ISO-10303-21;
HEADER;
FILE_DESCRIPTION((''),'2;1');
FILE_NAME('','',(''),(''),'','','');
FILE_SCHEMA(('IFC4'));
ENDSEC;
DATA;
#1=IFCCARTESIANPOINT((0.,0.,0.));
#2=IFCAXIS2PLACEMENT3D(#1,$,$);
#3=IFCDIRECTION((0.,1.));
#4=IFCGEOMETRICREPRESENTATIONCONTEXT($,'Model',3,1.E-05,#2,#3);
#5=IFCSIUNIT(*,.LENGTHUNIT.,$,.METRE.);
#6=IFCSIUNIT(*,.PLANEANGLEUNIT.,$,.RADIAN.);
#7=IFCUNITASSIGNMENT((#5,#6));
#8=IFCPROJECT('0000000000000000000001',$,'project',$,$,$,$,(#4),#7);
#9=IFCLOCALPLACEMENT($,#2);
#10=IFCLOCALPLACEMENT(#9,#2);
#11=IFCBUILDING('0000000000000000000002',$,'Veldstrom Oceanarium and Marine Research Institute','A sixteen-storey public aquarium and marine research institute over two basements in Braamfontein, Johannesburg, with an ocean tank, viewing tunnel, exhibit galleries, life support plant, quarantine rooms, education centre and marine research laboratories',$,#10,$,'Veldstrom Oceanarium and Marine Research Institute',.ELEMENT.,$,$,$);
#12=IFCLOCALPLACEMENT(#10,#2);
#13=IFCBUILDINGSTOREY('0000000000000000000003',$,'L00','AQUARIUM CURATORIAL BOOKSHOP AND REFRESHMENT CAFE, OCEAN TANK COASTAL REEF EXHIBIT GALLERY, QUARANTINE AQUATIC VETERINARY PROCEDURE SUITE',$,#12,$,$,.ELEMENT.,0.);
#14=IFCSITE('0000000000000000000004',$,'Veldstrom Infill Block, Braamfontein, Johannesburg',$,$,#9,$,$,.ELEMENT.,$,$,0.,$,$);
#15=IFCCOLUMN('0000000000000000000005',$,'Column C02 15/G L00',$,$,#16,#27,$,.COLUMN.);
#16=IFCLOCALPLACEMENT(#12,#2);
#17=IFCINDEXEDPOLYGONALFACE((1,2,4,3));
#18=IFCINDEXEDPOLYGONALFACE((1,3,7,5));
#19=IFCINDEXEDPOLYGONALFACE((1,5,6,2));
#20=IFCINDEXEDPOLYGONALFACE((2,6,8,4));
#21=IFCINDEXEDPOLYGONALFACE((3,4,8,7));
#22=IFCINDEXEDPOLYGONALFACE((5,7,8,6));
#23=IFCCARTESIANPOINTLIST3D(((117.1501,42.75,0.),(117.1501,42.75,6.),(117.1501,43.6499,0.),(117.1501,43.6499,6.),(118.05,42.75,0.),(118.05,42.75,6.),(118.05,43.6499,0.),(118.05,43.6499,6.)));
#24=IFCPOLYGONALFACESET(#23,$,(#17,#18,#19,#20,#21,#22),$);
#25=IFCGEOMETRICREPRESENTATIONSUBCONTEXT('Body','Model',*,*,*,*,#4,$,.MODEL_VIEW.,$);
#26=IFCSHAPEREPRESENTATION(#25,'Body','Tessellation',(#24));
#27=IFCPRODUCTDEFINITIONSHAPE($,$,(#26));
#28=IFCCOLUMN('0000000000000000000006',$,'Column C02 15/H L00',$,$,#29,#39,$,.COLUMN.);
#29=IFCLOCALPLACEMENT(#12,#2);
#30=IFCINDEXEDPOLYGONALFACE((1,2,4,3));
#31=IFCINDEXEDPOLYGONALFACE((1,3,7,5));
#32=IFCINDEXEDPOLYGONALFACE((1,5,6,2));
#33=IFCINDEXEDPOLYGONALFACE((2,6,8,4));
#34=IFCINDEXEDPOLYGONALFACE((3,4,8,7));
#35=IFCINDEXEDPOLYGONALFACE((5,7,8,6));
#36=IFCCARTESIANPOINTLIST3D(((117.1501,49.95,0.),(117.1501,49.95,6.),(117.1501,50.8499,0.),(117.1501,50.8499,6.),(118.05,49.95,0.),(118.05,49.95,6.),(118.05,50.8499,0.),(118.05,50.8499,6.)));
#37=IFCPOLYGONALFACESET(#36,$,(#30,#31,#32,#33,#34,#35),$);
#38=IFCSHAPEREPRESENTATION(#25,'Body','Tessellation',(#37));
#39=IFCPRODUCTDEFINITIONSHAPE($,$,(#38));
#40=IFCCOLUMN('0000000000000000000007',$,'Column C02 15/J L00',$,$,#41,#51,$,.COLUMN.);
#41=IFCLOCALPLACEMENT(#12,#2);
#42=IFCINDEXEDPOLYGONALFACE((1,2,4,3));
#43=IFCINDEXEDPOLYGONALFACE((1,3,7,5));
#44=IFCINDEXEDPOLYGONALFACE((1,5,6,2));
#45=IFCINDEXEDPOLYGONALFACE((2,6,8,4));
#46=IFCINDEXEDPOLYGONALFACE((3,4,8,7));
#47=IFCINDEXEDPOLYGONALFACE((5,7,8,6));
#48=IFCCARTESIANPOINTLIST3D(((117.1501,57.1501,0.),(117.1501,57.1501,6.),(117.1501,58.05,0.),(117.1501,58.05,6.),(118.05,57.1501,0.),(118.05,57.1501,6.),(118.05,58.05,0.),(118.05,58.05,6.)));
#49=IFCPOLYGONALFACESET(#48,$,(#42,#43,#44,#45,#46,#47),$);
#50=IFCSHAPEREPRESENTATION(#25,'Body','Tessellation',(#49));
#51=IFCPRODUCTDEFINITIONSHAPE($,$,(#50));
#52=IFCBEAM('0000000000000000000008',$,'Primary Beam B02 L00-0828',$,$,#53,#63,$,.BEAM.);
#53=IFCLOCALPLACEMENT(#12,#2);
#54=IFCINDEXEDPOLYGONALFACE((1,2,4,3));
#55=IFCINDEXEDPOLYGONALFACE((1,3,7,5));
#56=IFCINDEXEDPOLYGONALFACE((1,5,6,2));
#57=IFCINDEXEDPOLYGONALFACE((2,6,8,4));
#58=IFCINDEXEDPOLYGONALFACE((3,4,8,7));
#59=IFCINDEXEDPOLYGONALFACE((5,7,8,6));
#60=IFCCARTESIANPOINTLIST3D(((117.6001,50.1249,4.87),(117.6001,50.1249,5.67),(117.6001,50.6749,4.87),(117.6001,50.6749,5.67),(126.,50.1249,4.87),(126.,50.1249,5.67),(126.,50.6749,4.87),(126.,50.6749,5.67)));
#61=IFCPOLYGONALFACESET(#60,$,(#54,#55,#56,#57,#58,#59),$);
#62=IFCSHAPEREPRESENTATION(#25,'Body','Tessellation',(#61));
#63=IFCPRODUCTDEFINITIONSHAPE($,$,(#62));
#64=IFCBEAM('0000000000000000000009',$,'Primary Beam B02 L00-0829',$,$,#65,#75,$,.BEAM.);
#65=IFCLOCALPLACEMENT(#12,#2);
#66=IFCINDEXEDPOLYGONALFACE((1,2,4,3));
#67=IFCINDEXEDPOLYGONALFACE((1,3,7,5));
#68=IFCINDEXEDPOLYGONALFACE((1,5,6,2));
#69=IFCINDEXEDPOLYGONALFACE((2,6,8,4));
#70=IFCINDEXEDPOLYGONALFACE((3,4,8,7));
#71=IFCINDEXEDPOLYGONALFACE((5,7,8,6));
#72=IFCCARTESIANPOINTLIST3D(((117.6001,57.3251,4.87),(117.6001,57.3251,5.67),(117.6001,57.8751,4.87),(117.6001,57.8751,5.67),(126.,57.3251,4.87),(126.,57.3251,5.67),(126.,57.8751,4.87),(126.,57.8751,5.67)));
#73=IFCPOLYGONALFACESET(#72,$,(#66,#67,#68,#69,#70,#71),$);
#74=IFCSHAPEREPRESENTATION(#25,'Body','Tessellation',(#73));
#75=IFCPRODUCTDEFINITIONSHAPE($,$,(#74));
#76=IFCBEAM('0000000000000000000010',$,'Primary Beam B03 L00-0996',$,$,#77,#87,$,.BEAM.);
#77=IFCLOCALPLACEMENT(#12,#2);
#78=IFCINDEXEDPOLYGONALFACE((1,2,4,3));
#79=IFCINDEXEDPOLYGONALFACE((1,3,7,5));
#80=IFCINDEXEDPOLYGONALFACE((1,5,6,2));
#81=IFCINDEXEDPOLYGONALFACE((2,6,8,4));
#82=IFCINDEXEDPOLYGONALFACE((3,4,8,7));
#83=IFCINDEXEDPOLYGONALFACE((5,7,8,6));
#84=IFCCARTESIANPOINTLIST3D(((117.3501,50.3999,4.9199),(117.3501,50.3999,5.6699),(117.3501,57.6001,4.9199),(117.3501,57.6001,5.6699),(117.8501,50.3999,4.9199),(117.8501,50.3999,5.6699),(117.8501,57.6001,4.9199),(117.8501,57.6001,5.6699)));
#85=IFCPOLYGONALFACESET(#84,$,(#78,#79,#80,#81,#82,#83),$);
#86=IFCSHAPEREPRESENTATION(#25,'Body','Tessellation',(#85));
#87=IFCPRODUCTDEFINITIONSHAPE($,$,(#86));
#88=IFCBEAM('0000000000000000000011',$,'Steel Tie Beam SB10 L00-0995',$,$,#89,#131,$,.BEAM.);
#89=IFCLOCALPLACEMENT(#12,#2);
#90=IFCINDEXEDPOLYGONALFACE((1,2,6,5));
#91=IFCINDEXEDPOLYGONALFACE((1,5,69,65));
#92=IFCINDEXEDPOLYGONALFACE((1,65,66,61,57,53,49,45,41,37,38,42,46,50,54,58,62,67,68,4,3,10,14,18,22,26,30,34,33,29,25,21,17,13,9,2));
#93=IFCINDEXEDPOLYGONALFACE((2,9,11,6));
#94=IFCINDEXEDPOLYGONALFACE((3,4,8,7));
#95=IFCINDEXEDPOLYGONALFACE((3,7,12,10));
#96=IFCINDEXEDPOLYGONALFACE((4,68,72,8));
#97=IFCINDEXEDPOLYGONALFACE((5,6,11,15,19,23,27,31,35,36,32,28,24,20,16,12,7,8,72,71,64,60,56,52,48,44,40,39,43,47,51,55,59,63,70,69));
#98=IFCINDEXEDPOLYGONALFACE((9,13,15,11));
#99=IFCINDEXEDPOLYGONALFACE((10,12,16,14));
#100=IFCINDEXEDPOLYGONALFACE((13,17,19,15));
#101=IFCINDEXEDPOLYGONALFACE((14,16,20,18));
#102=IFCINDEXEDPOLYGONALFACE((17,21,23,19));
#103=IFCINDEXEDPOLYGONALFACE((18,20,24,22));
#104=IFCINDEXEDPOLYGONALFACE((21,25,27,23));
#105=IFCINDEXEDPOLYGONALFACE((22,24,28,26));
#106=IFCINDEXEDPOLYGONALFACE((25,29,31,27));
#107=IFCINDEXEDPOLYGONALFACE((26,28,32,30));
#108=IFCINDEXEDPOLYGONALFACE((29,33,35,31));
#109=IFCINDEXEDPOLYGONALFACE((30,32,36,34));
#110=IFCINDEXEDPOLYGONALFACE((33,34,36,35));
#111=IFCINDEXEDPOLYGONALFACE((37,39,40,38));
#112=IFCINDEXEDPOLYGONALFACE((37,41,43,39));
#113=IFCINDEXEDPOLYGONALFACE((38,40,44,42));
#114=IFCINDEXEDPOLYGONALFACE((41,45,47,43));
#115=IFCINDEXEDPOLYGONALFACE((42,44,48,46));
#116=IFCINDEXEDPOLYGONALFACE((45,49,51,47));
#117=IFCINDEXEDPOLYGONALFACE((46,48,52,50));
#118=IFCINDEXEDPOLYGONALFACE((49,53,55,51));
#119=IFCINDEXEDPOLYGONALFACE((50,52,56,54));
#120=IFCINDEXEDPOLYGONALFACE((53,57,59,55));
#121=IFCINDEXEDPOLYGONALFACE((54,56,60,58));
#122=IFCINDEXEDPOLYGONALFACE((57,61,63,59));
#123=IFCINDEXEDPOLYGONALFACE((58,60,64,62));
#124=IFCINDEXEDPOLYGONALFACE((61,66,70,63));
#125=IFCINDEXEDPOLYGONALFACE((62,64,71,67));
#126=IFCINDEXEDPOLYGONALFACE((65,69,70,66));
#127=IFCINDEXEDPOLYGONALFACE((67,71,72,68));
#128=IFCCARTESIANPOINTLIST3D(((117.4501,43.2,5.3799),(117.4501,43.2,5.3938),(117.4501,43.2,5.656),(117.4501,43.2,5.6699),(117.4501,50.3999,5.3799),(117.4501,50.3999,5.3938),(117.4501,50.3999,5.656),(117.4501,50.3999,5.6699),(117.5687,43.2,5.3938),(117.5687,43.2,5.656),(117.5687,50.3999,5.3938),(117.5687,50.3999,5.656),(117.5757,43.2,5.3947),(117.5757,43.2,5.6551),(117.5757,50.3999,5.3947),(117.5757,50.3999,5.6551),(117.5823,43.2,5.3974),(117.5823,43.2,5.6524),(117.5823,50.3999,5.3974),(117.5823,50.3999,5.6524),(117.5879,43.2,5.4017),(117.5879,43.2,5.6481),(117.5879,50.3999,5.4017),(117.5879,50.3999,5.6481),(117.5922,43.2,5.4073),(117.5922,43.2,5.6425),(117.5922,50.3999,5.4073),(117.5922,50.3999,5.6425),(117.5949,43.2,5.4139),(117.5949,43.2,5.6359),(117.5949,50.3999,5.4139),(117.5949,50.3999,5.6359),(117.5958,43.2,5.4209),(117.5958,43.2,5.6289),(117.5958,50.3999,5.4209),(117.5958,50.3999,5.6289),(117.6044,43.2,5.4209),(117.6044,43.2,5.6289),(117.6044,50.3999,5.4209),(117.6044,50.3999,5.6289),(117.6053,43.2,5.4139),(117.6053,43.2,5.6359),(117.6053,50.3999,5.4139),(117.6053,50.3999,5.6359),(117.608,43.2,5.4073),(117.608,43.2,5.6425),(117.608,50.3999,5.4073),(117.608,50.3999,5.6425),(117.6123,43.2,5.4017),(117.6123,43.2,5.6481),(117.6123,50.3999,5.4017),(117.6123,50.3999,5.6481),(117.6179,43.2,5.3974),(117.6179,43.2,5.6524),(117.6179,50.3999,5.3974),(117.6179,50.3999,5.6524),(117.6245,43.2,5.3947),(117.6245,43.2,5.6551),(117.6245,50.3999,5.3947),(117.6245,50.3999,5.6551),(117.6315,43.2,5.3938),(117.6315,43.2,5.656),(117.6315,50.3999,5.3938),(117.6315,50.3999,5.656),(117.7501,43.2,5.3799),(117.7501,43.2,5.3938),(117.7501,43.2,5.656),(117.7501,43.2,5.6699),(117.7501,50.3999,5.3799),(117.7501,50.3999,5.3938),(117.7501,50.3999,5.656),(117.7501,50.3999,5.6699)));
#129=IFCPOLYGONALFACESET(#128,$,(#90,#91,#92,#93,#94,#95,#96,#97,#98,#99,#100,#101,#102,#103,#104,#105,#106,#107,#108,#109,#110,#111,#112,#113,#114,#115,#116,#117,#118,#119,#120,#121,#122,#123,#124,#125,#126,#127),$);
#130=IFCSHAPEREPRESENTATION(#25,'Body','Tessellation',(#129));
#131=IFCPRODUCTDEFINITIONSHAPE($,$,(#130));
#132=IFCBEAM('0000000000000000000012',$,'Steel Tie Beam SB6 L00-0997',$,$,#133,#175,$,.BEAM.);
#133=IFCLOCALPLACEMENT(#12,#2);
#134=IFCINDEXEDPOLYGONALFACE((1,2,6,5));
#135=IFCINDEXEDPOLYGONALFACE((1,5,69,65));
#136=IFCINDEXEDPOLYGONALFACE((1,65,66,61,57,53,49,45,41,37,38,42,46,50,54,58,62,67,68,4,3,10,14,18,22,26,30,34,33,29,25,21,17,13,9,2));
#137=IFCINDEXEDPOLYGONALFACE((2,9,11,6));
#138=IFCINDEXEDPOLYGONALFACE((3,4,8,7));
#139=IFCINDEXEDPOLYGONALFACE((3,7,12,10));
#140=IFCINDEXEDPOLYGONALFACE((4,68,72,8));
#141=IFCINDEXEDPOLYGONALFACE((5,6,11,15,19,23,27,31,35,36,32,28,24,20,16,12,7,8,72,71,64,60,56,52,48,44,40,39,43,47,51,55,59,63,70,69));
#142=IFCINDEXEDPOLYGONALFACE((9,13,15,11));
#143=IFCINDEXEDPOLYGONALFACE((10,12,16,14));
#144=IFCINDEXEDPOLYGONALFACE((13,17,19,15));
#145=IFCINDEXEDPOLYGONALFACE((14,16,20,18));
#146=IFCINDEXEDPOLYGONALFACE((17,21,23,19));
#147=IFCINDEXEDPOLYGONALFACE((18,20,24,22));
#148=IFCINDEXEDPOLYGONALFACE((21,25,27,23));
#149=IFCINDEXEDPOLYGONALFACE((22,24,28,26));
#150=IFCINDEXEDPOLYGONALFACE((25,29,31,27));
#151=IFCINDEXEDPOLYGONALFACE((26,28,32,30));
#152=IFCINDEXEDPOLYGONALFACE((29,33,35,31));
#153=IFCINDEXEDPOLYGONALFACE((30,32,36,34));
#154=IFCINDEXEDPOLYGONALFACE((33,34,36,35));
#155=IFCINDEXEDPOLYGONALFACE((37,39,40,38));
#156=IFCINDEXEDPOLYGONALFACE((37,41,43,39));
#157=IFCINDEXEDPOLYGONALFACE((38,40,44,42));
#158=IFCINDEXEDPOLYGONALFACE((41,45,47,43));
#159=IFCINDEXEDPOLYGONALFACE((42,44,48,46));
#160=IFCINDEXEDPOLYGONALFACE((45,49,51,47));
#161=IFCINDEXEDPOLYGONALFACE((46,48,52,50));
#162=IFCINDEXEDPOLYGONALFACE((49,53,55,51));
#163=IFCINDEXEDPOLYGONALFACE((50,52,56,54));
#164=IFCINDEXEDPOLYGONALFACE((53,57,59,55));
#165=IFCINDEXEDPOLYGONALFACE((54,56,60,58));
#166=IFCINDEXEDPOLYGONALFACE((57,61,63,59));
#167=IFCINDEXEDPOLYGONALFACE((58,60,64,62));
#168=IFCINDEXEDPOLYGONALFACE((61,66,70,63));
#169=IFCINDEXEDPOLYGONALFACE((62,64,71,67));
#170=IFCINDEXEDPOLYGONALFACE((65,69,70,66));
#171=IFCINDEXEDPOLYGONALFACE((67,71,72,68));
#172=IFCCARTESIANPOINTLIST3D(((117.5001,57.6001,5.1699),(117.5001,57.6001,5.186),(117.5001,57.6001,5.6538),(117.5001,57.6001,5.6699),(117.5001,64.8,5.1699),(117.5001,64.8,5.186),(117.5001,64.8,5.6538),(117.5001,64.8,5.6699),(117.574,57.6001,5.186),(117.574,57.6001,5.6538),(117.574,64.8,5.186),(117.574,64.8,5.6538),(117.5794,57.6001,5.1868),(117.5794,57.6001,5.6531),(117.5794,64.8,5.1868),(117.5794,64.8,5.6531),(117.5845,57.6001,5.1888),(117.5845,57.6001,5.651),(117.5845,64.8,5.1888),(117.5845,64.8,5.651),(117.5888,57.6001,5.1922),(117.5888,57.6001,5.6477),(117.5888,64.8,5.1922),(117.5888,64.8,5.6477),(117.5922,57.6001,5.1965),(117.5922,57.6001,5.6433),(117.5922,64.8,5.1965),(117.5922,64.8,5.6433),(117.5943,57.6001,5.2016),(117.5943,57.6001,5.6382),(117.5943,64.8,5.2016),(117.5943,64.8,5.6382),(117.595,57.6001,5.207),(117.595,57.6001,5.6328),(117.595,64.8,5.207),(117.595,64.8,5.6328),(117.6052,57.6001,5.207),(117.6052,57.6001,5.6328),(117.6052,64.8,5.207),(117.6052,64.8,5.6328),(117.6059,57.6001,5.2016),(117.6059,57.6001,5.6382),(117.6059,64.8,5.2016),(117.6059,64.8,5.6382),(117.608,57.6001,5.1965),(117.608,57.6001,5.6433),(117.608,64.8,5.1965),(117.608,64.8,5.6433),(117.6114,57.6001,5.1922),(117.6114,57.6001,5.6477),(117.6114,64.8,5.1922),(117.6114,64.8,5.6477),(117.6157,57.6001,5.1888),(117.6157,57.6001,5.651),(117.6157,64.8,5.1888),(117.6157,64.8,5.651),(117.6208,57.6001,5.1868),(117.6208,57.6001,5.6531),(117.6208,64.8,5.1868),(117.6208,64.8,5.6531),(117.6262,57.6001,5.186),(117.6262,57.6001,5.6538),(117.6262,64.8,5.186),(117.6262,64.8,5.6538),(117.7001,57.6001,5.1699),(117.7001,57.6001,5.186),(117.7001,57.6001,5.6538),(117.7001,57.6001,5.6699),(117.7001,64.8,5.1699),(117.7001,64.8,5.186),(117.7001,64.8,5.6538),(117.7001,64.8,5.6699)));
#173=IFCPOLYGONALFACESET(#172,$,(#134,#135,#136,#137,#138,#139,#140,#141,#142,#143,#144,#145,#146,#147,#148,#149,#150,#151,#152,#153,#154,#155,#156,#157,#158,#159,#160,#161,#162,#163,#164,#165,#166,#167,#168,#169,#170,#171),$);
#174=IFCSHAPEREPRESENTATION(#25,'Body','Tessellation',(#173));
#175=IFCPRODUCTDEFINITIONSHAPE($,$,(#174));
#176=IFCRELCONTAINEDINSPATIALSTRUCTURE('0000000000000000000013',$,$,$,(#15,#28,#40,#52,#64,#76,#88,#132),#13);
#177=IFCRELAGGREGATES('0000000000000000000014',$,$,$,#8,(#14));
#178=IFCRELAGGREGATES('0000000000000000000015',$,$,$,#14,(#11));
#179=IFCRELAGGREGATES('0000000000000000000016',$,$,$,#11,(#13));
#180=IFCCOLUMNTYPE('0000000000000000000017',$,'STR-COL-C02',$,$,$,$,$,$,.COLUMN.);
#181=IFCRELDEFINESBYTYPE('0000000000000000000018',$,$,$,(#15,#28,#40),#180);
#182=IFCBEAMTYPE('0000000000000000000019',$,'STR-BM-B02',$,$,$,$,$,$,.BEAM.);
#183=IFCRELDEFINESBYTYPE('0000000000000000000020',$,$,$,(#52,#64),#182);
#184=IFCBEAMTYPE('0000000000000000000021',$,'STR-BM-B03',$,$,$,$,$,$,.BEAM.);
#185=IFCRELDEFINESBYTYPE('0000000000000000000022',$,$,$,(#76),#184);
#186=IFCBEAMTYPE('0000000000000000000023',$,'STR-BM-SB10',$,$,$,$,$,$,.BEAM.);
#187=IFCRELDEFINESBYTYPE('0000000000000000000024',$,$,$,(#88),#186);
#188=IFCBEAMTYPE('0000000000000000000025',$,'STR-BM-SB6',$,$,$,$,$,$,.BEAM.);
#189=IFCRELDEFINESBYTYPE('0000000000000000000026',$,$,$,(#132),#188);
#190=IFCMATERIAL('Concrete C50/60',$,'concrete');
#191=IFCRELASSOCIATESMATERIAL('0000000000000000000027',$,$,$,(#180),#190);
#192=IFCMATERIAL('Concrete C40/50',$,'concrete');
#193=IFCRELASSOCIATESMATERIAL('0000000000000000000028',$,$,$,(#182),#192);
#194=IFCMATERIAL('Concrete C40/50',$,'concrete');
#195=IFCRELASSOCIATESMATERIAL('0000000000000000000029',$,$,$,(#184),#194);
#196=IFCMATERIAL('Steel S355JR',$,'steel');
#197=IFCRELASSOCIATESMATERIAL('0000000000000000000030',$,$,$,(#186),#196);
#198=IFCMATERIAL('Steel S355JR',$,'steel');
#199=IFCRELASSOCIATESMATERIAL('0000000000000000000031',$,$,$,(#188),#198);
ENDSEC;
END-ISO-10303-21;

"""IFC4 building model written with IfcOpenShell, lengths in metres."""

from ifc_helpers import new_model, si_unit, direction, frame, origin, origin_2d, place, context, subcontext, project, spatial, rectangle, i_section, extrude, material, material_profile, profile_set, type_object, element, save


model = new_model("IFC4")

# Units and contexts
model_context = context("Model", 3, precision=1e-05, world=origin(), true_north=direction((0.0, 1.0)))
body_context = subcontext(model_context, "Body", "Model", "MODEL_VIEW")
ifc_project = project(units=[si_unit("LENGTHUNIT", "METRE"), si_unit("PLANEANGLEUNIT", "RADIAN")], contexts=[model_context])

# Site, building, storey
site_placement = place(None, origin())
site = spatial("IfcSite", under=ifc_project, at=site_placement, Name="Veldstrom Infill Block, Braamfontein, Johannesburg", CompositionType="ELEMENT", RefElevation=0.0)
building_placement = place(site_placement, origin())
building = spatial("IfcBuilding", under=site, at=building_placement, Name="Veldstrom Oceanarium and Marine Research Institute", Description="A sixteen-storey public aquarium and marine research institute over two basements in Braamfontein, Johannesburg, with an ocean tank, viewing tunnel, exhibit galleries, life support plant, quarantine rooms, education centre and marine research laboratories", LongName="Veldstrom Oceanarium and Marine Research Institute", CompositionType="ELEMENT")
storey_placement = place(building_placement, origin())
storey = spatial("IfcBuildingStorey", under=building, at=storey_placement, Name="L00", Description="AQUARIUM CURATORIAL BOOKSHOP AND REFRESHMENT CAFE, OCEAN TANK COASTAL REEF EXHIBIT GALLERY, QUARANTINE AQUATIC VETERINARY PROCEDURE SUITE", CompositionType="ELEMENT", Elevation=0.0)

# Columns
ifc_material_1 = material(Name="Concrete C50/60", Category="concrete")
ifc_material_profile_1 = material_profile(ifc_material_1, rectangle(XDim=0.8999, YDim=0.8999, at=origin_2d()), Name="RC-COL-900x900")
ifc_profile_set_1 = profile_set([ifc_material_profile_1], Name="Concrete C50/60")
column_type = type_object("IfcColumnType", Name="STR-COL-C02", PredefinedType="COLUMN", material=ifc_profile_set_1)
for number, where, z_axis, x_axis, name in (
    (1, (117.6001, 43.2, 0.0), (0.0, 0.0, 1.0), (1.0, 0.0, 0.0), "Column C02 15/G L00"),
    (2, (117.6001, 50.3999, 0.0), (0.0, 0.0, 1.0), (1.0, 0.0, 0.0), "Column C02 15/H L00"),
    (3, (117.6001, 57.6001, 0.0), (0.0, 0.0, 1.0), (1.0, 0.0, 0.0), "Column C02 15/J L00"),
):
    element("IfcColumn", number, at=place(storey_placement, frame(where, z_axis=z_axis, x_axis=x_axis)), inside=storey, type_object=column_type, Name=name, PredefinedType="COLUMN", context=body_context, shape_type="SweptSolid", body=[
        extrude(rectangle(XDim=0.8999, YDim=0.8999, at=origin_2d()), origin(), (0.0, 0.0, 1.0), 6.0),
    ])

# Beams
ifc_material_2 = material(Name="Concrete C40/50", Category="concrete")
ifc_material_profile_2 = material_profile(ifc_material_2, rectangle(XDim=0.55, YDim=0.8, at=origin_2d()), Name="RC-BM-550x800")
ifc_profile_set_2 = profile_set([ifc_material_profile_2], Name="Concrete C40/50")
beam_type_1 = type_object("IfcBeamType", Name="STR-BM-B02", PredefinedType="BEAM", material=ifc_profile_set_2)
for number, where, z_axis, x_axis, name in (
    (4, (117.6001, 50.3999, 5.27), (1.0, 0.0, 0.0), (0.0, 1.0, 0.0), "Primary Beam B02 L00-0828"),
    (5, (117.6001, 57.6001, 5.27), (1.0, 0.0, 0.0), (0.0, 1.0, 0.0), "Primary Beam B02 L00-0829"),
):
    element("IfcBeam", number, at=place(storey_placement, frame(where, z_axis=z_axis, x_axis=x_axis)), inside=storey, type_object=beam_type_1, Name=name, PredefinedType="BEAM", context=body_context, shape_type="SweptSolid", body=[
        extrude(rectangle(XDim=0.55, YDim=0.8, at=origin_2d()), origin(), (0.0, 0.0, 1.0), 8.3999),
    ])
ifc_material_3 = material(Name="Concrete C40/50", Category="concrete")
ifc_material_profile_3 = material_profile(ifc_material_3, rectangle(XDim=0.5, YDim=0.75, at=origin_2d()), Name="RC-BM-500x750")
ifc_profile_set_3 = profile_set([ifc_material_profile_3], Name="Concrete C40/50")
beam_type_2 = type_object("IfcBeamType", Name="STR-BM-B03", PredefinedType="BEAM", material=ifc_profile_set_3)
beam_1_placement = place(storey_placement, frame((117.6001, 50.3999, 5.2949), z_axis=(0.0, 1.0, 0.0), x_axis=(-1.0, 0.0, 0.0)))
element("IfcBeam", 6, at=beam_1_placement, inside=storey, type_object=beam_type_2, Name="Primary Beam B03 L00-0996", PredefinedType="BEAM", context=body_context, shape_type="SweptSolid", body=[
    extrude(rectangle(XDim=0.5, YDim=0.75, at=origin_2d()), origin(), (0.0, 0.0, 1.0), 7.2002),
])
ifc_material_4 = material(Name="Steel S355JR", Category="steel")
ifc_material_profile_4 = material_profile(ifc_material_4, i_section(OverallWidth=0.3, OverallDepth=0.29, WebThickness=0.0085, FlangeThickness=0.0139, FilletRadius=0.0271, at=origin_2d()), Name="HEA 300")
ifc_profile_set_4 = profile_set([ifc_material_profile_4], Name="Steel S355JR")
beam_type_3 = type_object("IfcBeamType", Name="STR-BM-SB10", PredefinedType="BEAM", material=ifc_profile_set_4)
beam_2_placement = place(storey_placement, frame((117.6001, 43.2, 5.5249), z_axis=(0.0, 1.0, 0.0), x_axis=(-1.0, 0.0, 0.0)))
element("IfcBeam", 7, at=beam_2_placement, inside=storey, type_object=beam_type_3, Name="Steel Tie Beam SB10 L00-0995", PredefinedType="BEAM", context=body_context, shape_type="SweptSolid", body=[
    extrude(i_section(OverallWidth=0.3, OverallDepth=0.29, WebThickness=0.0085, FlangeThickness=0.0139, FilletRadius=0.0271, at=origin_2d()), origin(), (0.0, 0.0, 1.0), 7.2),
])
ifc_material_5 = material(Name="Steel S355JR", Category="steel")
ifc_material_profile_5 = material_profile(ifc_material_5, i_section(OverallWidth=0.2, OverallDepth=0.5, WebThickness=0.0103, FlangeThickness=0.0161, FilletRadius=0.021, at=origin_2d()), Name="IPE 500")
ifc_profile_set_5 = profile_set([ifc_material_profile_5], Name="Steel S355JR")
beam_type_4 = type_object("IfcBeamType", Name="STR-BM-SB6", PredefinedType="BEAM", material=ifc_profile_set_5)
beam_3_placement = place(storey_placement, frame((117.6001, 57.6001, 5.4199), z_axis=(0.0, 1.0, 0.0), x_axis=(-1.0, 0.0, 0.0)))
element("IfcBeam", 8, at=beam_3_placement, inside=storey, type_object=beam_type_4, Name="Steel Tie Beam SB6 L00-0997", PredefinedType="BEAM", context=body_context, shape_type="SweptSolid", body=[
    extrude(i_section(OverallWidth=0.2, OverallDepth=0.5, WebThickness=0.0103, FlangeThickness=0.0161, FilletRadius=0.021, at=origin_2d()), origin(), (0.0, 0.0, 1.0), 7.2),
])

save(model, "model.ifc")
